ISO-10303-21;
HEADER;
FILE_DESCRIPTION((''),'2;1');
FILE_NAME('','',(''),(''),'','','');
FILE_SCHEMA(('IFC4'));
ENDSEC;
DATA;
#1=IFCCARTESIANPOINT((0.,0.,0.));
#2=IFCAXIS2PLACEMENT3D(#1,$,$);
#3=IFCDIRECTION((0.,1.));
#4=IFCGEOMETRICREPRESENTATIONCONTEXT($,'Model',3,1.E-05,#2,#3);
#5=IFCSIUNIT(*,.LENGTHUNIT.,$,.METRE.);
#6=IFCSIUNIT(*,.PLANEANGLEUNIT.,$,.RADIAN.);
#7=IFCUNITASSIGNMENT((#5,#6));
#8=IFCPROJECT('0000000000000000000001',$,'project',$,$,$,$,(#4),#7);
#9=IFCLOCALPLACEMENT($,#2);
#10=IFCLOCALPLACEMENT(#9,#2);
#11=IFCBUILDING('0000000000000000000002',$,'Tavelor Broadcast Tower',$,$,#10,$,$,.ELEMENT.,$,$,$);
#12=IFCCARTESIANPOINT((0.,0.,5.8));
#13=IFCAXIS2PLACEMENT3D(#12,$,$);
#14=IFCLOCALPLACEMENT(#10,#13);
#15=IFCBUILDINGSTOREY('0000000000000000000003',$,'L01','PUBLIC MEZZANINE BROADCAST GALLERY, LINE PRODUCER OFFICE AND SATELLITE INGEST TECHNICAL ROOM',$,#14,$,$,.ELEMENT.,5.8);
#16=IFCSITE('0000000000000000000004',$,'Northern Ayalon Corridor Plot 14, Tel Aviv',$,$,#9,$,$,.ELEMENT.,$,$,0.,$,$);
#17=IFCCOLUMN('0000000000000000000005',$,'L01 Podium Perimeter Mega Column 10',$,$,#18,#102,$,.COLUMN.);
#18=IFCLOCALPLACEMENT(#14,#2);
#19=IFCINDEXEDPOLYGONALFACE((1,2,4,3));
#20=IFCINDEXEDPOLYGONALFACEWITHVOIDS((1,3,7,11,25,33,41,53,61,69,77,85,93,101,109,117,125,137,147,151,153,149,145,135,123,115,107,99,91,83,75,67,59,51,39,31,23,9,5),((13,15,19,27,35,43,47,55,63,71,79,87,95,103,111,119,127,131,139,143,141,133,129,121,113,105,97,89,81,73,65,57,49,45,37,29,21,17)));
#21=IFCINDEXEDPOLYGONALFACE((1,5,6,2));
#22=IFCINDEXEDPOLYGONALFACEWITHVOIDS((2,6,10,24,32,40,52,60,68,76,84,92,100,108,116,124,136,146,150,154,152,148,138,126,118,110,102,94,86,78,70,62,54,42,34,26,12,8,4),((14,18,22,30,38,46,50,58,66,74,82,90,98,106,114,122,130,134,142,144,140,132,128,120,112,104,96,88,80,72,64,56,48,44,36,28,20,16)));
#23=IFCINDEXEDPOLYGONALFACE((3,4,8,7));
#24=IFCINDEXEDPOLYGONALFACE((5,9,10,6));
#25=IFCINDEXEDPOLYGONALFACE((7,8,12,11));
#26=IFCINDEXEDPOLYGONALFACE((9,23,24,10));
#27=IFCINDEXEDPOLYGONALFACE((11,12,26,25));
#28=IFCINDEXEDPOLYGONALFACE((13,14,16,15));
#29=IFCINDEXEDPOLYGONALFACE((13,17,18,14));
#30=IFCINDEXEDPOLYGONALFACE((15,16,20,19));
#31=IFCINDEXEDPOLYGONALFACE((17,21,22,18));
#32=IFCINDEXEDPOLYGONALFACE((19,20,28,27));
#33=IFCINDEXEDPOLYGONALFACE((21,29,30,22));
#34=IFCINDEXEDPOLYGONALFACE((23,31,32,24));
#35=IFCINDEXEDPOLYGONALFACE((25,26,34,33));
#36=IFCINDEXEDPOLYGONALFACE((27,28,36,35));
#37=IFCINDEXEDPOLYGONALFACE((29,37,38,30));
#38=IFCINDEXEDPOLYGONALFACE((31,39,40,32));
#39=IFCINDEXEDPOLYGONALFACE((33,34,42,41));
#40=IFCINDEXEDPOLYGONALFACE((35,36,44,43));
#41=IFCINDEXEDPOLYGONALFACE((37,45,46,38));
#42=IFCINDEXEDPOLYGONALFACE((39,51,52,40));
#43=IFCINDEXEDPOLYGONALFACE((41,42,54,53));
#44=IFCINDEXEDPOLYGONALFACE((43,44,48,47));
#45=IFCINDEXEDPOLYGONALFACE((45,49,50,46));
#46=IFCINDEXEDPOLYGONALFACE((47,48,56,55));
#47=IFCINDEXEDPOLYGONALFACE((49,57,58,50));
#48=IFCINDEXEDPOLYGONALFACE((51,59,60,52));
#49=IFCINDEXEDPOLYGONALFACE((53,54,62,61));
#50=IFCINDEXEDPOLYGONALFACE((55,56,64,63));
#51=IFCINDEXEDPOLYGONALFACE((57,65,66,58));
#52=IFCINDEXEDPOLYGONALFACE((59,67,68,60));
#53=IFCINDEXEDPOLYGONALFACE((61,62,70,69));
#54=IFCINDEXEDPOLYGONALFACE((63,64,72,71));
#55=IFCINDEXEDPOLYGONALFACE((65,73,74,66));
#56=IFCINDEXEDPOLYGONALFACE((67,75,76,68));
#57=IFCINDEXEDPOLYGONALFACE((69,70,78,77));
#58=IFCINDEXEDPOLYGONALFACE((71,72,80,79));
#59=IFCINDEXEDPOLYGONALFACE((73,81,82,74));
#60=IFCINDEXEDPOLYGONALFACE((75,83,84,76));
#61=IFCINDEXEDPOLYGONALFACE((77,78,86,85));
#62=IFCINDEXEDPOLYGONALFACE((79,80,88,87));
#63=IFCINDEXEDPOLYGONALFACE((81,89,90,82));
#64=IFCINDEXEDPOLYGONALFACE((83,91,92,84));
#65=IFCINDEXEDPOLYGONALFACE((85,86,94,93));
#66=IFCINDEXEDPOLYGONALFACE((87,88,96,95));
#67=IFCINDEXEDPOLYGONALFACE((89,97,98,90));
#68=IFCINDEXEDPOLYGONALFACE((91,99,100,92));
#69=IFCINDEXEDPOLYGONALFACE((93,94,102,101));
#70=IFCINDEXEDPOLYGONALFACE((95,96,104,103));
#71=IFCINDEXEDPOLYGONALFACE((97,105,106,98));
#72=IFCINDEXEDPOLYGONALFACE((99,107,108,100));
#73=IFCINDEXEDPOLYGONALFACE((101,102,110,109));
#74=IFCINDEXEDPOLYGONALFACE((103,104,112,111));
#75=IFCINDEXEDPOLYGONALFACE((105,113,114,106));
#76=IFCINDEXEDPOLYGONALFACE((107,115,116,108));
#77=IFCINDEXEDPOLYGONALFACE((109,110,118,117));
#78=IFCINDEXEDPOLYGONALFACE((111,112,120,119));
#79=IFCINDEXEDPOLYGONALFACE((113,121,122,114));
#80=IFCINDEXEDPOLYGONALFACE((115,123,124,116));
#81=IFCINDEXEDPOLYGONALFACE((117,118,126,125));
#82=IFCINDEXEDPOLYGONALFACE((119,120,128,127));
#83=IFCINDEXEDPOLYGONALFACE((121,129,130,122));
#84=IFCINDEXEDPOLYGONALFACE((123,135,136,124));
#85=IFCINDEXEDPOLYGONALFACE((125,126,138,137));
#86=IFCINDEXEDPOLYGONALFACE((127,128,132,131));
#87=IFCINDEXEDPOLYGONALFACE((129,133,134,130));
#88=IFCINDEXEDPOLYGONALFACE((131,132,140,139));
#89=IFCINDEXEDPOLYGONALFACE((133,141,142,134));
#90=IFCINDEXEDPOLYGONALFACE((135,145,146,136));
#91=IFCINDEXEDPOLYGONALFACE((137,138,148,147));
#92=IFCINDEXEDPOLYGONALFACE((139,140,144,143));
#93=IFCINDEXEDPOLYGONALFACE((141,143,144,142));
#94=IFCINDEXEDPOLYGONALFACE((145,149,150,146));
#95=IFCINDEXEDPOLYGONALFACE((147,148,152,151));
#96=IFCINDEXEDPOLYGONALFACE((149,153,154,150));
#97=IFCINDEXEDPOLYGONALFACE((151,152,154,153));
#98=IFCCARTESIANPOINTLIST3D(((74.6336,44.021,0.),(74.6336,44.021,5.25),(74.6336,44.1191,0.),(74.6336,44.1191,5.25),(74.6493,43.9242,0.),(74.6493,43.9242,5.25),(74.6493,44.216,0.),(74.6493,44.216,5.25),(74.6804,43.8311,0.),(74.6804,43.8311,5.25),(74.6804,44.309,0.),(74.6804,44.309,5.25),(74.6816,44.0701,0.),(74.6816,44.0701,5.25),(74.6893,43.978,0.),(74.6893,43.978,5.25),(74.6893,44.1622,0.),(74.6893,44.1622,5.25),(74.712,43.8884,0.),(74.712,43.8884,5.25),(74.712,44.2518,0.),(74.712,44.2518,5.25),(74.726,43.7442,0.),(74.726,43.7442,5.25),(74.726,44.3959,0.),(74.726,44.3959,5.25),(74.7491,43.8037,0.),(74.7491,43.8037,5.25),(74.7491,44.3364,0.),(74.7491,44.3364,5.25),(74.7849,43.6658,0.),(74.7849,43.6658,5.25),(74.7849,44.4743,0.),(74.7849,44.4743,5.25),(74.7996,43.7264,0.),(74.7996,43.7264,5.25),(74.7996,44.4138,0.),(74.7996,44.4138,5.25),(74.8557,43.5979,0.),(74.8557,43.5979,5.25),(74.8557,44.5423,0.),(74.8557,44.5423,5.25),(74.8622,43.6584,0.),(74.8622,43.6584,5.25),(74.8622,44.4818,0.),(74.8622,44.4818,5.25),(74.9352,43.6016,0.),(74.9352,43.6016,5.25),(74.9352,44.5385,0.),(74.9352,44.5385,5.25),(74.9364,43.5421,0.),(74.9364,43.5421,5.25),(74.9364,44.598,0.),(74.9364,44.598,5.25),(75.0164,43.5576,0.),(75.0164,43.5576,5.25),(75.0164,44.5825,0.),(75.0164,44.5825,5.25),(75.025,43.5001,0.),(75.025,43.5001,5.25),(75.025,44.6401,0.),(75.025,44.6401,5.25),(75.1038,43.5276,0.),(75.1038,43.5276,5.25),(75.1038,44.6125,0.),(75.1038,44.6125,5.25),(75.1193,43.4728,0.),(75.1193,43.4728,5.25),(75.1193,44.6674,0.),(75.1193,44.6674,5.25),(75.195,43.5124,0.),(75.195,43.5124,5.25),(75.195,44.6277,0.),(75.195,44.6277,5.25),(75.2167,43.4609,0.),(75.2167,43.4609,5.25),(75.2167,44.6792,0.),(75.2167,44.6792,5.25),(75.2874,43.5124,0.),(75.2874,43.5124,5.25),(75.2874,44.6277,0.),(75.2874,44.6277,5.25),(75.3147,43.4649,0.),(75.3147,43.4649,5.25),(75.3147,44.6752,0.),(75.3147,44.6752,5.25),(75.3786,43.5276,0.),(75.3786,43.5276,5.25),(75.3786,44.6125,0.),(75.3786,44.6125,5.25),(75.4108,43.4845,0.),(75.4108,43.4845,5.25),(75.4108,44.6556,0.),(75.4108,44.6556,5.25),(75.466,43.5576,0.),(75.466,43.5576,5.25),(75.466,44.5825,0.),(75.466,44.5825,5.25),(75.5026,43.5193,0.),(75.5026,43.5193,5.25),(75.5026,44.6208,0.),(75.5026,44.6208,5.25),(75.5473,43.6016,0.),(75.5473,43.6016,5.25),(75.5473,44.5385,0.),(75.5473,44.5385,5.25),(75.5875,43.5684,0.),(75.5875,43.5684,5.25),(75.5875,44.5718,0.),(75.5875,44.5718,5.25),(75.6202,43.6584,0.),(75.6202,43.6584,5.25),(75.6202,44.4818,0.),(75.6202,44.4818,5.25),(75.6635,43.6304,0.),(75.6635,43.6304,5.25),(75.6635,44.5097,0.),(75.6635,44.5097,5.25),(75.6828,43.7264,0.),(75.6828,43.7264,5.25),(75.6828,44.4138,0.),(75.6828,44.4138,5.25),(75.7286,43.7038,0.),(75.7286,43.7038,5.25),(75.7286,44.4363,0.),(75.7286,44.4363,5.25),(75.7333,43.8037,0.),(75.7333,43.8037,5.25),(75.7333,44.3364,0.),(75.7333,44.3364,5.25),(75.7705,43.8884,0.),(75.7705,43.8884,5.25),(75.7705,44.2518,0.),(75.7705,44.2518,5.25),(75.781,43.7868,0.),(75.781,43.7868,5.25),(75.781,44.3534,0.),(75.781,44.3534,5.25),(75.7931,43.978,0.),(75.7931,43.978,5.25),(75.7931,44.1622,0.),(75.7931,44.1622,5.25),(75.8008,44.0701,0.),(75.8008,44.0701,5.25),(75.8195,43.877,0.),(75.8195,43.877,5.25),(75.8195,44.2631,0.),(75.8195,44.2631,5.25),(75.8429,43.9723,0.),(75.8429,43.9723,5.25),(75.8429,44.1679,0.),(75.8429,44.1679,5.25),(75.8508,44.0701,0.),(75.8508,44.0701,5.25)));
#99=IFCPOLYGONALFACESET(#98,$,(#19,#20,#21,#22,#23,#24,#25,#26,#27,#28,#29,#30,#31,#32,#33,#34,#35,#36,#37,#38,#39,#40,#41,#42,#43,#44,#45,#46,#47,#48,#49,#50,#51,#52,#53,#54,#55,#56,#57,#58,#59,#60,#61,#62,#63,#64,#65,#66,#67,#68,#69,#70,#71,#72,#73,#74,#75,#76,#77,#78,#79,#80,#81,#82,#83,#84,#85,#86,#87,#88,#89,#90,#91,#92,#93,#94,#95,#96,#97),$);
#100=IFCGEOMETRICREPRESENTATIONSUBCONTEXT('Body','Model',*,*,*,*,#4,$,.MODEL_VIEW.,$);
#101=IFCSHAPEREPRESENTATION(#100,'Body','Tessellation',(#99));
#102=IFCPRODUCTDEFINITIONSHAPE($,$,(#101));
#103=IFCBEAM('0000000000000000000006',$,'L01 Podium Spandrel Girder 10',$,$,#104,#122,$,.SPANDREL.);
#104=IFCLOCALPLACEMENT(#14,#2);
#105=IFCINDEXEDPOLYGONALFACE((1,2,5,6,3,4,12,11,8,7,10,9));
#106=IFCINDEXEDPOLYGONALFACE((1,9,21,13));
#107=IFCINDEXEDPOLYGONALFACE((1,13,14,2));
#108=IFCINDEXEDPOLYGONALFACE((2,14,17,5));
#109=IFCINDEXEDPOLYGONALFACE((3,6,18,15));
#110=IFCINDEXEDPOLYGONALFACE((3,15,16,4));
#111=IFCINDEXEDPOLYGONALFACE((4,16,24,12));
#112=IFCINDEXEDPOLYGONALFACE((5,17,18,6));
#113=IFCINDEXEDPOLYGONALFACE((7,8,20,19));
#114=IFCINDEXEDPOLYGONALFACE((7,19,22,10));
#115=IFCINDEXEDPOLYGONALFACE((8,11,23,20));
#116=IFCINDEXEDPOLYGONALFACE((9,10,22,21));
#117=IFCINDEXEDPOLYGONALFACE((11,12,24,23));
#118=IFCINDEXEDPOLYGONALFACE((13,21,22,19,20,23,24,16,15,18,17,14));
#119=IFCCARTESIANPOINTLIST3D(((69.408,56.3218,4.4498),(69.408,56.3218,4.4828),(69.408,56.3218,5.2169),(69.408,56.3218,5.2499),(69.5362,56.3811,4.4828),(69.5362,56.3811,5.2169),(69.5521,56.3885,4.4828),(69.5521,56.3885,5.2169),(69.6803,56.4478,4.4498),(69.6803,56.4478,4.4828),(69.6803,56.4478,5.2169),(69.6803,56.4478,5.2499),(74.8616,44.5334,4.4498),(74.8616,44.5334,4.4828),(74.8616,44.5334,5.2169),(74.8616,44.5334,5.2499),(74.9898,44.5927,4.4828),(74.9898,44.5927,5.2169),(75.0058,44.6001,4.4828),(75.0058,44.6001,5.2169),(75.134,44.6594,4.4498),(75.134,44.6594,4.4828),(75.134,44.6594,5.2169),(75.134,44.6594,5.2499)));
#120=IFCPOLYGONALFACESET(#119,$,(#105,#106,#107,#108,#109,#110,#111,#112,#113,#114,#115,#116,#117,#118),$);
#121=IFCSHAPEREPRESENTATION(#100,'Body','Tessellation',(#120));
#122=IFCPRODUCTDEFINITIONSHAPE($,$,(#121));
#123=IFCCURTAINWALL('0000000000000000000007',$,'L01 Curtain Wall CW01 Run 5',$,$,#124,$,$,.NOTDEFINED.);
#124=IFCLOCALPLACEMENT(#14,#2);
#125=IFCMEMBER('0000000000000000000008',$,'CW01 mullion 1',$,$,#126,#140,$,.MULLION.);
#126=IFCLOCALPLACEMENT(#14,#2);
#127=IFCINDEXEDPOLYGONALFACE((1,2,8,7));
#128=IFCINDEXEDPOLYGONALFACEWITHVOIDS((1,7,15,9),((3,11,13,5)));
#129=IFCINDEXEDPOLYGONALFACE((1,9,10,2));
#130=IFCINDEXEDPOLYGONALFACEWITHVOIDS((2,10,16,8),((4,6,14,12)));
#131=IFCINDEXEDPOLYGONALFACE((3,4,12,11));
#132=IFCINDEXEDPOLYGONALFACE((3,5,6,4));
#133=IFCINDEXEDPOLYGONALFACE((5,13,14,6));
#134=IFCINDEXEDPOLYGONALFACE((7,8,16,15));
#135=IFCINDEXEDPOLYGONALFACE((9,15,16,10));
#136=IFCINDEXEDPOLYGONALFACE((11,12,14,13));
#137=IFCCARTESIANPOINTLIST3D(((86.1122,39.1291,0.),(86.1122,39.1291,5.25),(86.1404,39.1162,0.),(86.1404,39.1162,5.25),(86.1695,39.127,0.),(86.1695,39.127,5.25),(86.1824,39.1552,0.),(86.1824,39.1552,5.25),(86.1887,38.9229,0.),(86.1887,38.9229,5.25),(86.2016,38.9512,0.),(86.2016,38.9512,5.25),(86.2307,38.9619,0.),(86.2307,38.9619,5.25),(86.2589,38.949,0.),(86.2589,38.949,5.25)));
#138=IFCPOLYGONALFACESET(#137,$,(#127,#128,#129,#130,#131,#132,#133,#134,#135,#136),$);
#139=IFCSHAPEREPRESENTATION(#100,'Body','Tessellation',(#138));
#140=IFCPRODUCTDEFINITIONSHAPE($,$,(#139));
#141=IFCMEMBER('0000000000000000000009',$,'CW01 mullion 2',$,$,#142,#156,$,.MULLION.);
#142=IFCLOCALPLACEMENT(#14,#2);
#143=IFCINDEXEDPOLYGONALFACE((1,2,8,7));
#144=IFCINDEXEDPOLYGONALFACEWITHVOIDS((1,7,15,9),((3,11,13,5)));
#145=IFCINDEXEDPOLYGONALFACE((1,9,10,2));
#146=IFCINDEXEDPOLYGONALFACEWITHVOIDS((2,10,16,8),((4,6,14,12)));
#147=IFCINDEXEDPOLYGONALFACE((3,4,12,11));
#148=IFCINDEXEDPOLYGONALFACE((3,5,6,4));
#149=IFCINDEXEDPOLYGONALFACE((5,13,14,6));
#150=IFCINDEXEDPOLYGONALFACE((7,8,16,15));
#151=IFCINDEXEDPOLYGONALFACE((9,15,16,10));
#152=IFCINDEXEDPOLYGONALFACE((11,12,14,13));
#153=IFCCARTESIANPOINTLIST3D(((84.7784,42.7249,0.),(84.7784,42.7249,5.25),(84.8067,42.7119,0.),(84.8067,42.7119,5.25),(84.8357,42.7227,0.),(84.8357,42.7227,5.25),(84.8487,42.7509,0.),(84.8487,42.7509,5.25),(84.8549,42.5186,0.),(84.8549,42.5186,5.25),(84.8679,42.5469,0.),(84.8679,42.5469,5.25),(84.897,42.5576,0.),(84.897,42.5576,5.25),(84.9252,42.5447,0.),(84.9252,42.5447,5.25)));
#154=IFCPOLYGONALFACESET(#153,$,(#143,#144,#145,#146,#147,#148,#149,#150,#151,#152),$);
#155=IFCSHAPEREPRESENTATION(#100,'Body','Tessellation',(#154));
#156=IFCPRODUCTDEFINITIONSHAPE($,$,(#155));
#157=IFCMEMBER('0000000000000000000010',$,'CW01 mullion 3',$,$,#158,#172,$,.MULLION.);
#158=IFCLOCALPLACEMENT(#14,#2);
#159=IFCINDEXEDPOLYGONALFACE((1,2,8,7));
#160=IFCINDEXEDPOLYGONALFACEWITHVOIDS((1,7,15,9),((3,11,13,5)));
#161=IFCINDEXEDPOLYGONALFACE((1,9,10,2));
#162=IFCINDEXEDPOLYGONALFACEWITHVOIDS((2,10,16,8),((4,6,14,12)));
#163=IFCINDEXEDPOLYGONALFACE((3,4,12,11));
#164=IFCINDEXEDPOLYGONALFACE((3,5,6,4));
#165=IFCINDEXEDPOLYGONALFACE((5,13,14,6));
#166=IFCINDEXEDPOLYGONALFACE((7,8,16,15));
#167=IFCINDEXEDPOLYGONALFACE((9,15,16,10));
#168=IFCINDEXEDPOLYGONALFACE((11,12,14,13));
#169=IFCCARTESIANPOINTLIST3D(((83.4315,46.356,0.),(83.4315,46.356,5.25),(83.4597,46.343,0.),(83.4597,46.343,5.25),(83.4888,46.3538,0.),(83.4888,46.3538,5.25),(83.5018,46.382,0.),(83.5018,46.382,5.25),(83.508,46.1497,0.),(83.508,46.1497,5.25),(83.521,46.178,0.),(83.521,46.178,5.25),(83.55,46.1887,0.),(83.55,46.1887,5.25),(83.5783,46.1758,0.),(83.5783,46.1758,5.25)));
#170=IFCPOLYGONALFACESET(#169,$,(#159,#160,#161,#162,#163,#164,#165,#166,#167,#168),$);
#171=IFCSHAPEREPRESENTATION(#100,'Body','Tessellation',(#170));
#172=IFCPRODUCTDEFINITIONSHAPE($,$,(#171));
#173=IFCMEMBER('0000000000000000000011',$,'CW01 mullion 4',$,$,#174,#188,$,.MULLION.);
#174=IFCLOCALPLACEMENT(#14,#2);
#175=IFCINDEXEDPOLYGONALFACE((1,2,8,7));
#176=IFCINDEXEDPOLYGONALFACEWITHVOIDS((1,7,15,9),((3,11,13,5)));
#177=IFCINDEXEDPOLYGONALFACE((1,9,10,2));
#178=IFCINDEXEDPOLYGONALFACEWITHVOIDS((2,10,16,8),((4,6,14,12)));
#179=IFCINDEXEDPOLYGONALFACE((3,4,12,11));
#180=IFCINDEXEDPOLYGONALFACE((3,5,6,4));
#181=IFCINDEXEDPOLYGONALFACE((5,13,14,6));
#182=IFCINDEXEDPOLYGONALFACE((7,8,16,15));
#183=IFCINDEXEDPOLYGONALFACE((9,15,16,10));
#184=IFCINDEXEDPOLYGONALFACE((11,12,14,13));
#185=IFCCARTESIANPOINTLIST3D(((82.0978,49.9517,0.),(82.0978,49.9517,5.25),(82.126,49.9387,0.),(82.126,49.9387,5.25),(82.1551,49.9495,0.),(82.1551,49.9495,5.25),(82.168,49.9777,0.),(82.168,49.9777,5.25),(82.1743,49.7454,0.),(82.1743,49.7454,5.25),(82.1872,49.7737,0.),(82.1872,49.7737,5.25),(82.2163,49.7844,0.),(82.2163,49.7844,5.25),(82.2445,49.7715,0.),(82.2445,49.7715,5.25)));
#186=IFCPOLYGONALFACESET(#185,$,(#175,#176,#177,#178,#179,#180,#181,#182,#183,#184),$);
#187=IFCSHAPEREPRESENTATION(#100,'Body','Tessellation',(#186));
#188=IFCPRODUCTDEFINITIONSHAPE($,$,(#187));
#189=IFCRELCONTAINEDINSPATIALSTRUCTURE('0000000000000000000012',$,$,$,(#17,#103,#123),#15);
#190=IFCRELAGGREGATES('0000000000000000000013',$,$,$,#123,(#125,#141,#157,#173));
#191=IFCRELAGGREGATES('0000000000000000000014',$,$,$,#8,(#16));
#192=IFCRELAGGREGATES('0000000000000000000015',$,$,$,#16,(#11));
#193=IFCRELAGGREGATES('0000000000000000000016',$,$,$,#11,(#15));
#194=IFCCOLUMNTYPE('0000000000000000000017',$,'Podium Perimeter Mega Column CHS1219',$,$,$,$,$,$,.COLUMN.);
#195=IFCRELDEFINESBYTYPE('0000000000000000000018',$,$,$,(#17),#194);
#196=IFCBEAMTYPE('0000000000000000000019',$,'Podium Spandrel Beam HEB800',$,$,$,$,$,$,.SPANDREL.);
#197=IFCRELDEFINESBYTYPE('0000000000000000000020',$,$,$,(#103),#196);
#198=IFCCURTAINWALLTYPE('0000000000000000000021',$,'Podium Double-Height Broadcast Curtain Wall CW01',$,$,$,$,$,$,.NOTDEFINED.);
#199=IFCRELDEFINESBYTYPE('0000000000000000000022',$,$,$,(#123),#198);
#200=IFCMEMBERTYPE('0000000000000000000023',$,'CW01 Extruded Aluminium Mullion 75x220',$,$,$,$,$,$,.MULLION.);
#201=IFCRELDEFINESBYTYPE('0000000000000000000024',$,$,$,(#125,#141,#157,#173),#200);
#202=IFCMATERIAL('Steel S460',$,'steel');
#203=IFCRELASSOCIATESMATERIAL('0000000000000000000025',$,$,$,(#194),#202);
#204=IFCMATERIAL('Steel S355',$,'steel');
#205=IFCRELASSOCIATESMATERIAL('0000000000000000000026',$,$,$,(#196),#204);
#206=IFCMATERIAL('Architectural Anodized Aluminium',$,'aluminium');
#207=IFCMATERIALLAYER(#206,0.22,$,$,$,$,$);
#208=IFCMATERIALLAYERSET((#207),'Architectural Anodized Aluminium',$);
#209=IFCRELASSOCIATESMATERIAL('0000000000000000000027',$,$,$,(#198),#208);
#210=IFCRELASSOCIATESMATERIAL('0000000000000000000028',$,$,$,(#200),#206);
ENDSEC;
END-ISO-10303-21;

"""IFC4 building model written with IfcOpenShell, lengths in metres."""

from ifc_helpers import new_model, si_unit, direction, frame, origin, origin_2d, place, context, subcontext, project, spatial, hollow_rectangle, hollow_circle, i_section, extrude, source, transform, mapped, material, layer, layer_set, material_profile, profile_set, type_object, type_shapes, element, aggregate, save


model = new_model("IFC4")

# Units and contexts
model_context = context("Model", 3, precision=1e-05, world=origin(), true_north=direction((0.0, 1.0)))
body_context = subcontext(model_context, "Body", "Model", "MODEL_VIEW")
ifc_project = project(units=[si_unit("LENGTHUNIT", "METRE"), si_unit("PLANEANGLEUNIT", "RADIAN")], contexts=[model_context])

# Site, building, storey
site_placement = place(None, origin())
site = spatial("IfcSite", under=ifc_project, at=site_placement, Name="Northern Ayalon Corridor Plot 14, Tel Aviv", CompositionType="ELEMENT", RefElevation=0.0)
building_placement = place(site_placement, origin())
building = spatial("IfcBuilding", under=site, at=building_placement, Name="Tavelor Broadcast Tower", CompositionType="ELEMENT")
storey_placement = place(building_placement, frame((0.0, 0.0, 5.8)))
storey = spatial("IfcBuildingStorey", under=building, at=storey_placement, Name="L01", Description="PUBLIC MEZZANINE BROADCAST GALLERY, LINE PRODUCER OFFICE AND SATELLITE INGEST TECHNICAL ROOM", CompositionType="ELEMENT", Elevation=5.8)

# Column
ifc_material_1 = material(Name="Steel S460", Category="steel")
ifc_material_profile_1 = material_profile(ifc_material_1, hollow_circle(Radius=0.6096, WallThickness=0.05, at=origin_2d()), Name="CHS 1219x50")
ifc_profile_set_1 = profile_set([ifc_material_profile_1], Name="Steel S460")
column_type = type_object("IfcColumnType", Name="Podium Perimeter Mega Column CHS1219", PredefinedType="COLUMN", material=ifc_profile_set_1)
column_placement = place(storey_placement, frame((75.2412, 44.0701, 0.0), z_axis=(0.0, 0.0, 1.0), x_axis=(1.0, 0.0, 0.0)))
element("IfcColumn", 1, at=column_placement, inside=storey, type_object=column_type, Name="L01 Podium Perimeter Mega Column 10", PredefinedType="COLUMN", context=body_context, shape_type="SweptSolid", body=[
    extrude(hollow_circle(Radius=0.6096, WallThickness=0.05, at=origin_2d()), origin(), (0.0, 0.0, 1.0), 5.25),
])

# Beam
ifc_material_2 = material(Name="Steel S355", Category="steel")
ifc_material_profile_2 = material_profile(ifc_material_2, i_section(OverallWidth=0.3, OverallDepth=0.8, WebThickness=0.0176, FlangeThickness=0.033, at=origin_2d()), Name="HEB 800")
ifc_profile_set_2 = profile_set([ifc_material_profile_2], Name="Steel S355")
beam_type = type_object("IfcBeamType", Name="Podium Spandrel Beam HEB800", PredefinedType="SPANDREL", material=ifc_profile_set_2)
beam_placement = place(storey_placement, frame((74.9978, 44.5964, 4.8499), z_axis=(-0.419873, 0.907583, 0.0), x_axis=(-0.907583, -0.419873, 0.0)))
element("IfcBeam", 2, at=beam_placement, inside=storey, type_object=beam_type, Name="L01 Podium Spandrel Girder 10", PredefinedType="SPANDREL", context=body_context, shape_type="SweptSolid", body=[
    extrude(i_section(OverallWidth=0.3, OverallDepth=0.8, WebThickness=0.0176, FlangeThickness=0.033, at=origin_2d()), origin(), (0.0, 0.0, 1.0), 12.9888),
])

# Curtain wall, members
ifc_material_3 = material(Name="Architectural Anodized Aluminium", Category="aluminium")
ifc_layer_1 = layer(ifc_material_3, 0.22)
ifc_layer_set_1 = layer_set([ifc_layer_1], Name="Architectural Anodized Aluminium")
curtain_wall_type = type_object("IfcCurtainWallType", Name="Podium Double-Height Broadcast Curtain Wall CW01", PredefinedType="NOTDEFINED", material=ifc_layer_set_1)
curtain_wall_placement = place(storey_placement, origin())
curtain_wall = element("IfcCurtainWall", 3, at=curtain_wall_placement, inside=storey, type_object=curtain_wall_type, Name="L01 Curtain Wall CW01 Run 5", PredefinedType="NOTDEFINED")
ifc_material_profile_3 = material_profile(ifc_material_3, hollow_rectangle(XDim=0.075, YDim=0.22, WallThickness=0.022, at=origin_2d()), Name="RHS 75x220x22")
ifc_profile_set_3 = profile_set([ifc_material_profile_3], Name="Architectural Anodized Aluminium")
member_type_1 = type_object("IfcMemberType", Name="CW01 Extruded Aluminium Mullion 75x220", PredefinedType="MULLION", material=ifc_profile_set_3)
shared_shape_1 = source(origin(), body_context, "Body", "SweptSolid", [
    extrude(hollow_rectangle(XDim=0.075, YDim=0.22, WallThickness=0.022, at=origin_2d()), origin(), (0.0, 0.0, 1.0), 5.25),
])
type_shapes(member_type_1, [shared_shape_1])
member_1_placement = place(storey_placement, frame((86.1855, 39.0391, 0.0), z_axis=(0.0, 0.0, 1.0), x_axis=(-0.937574, -0.347786, 0.0)))
member_1 = element("IfcMember", 4, at=member_1_placement, type_object=member_type_1, Name="CW01 mullion 1", PredefinedType="MULLION", context=body_context, shape_type="MappedRepresentation", body=[
    mapped(shared_shape_1, transform((0.0, 0.0, 0.0), scale=1.0)),
])
member_2_placement = place(storey_placement, frame((84.8518, 42.6348, 0.0), z_axis=(0.0, 0.0, 1.0), x_axis=(-0.937574, -0.347786, 0.0)))
member_2 = element("IfcMember", 5, at=member_2_placement, type_object=member_type_1, Name="CW01 mullion 2", PredefinedType="MULLION", context=body_context, shape_type="MappedRepresentation", body=[
    mapped(shared_shape_1, transform((0.0, 0.0, 0.0), scale=1.0)),
])
member_3_placement = place(storey_placement, frame((83.5049, 46.2659, 0.0), z_axis=(0.0, 0.0, 1.0), x_axis=(-0.937574, -0.347786, 0.0)))
member_3 = element("IfcMember", 6, at=member_3_placement, type_object=member_type_1, Name="CW01 mullion 3", PredefinedType="MULLION", context=body_context, shape_type="MappedRepresentation", body=[
    mapped(shared_shape_1, transform((0.0, 0.0, 0.0), scale=1.0)),
])
member_4_placement = place(storey_placement, frame((82.1711, 49.8616, 0.0), z_axis=(0.0, 0.0, 1.0), x_axis=(-0.937574, -0.347786, 0.0)))
member_4 = element("IfcMember", 7, at=member_4_placement, type_object=member_type_1, Name="CW01 mullion 4", PredefinedType="MULLION", context=body_context, shape_type="MappedRepresentation", body=[
    mapped(shared_shape_1, transform((0.0, 0.0, 0.0), scale=1.0)),
])

aggregate(curtain_wall, [member_1, member_2, member_3, member_4])

save(model, "model.ifc")
